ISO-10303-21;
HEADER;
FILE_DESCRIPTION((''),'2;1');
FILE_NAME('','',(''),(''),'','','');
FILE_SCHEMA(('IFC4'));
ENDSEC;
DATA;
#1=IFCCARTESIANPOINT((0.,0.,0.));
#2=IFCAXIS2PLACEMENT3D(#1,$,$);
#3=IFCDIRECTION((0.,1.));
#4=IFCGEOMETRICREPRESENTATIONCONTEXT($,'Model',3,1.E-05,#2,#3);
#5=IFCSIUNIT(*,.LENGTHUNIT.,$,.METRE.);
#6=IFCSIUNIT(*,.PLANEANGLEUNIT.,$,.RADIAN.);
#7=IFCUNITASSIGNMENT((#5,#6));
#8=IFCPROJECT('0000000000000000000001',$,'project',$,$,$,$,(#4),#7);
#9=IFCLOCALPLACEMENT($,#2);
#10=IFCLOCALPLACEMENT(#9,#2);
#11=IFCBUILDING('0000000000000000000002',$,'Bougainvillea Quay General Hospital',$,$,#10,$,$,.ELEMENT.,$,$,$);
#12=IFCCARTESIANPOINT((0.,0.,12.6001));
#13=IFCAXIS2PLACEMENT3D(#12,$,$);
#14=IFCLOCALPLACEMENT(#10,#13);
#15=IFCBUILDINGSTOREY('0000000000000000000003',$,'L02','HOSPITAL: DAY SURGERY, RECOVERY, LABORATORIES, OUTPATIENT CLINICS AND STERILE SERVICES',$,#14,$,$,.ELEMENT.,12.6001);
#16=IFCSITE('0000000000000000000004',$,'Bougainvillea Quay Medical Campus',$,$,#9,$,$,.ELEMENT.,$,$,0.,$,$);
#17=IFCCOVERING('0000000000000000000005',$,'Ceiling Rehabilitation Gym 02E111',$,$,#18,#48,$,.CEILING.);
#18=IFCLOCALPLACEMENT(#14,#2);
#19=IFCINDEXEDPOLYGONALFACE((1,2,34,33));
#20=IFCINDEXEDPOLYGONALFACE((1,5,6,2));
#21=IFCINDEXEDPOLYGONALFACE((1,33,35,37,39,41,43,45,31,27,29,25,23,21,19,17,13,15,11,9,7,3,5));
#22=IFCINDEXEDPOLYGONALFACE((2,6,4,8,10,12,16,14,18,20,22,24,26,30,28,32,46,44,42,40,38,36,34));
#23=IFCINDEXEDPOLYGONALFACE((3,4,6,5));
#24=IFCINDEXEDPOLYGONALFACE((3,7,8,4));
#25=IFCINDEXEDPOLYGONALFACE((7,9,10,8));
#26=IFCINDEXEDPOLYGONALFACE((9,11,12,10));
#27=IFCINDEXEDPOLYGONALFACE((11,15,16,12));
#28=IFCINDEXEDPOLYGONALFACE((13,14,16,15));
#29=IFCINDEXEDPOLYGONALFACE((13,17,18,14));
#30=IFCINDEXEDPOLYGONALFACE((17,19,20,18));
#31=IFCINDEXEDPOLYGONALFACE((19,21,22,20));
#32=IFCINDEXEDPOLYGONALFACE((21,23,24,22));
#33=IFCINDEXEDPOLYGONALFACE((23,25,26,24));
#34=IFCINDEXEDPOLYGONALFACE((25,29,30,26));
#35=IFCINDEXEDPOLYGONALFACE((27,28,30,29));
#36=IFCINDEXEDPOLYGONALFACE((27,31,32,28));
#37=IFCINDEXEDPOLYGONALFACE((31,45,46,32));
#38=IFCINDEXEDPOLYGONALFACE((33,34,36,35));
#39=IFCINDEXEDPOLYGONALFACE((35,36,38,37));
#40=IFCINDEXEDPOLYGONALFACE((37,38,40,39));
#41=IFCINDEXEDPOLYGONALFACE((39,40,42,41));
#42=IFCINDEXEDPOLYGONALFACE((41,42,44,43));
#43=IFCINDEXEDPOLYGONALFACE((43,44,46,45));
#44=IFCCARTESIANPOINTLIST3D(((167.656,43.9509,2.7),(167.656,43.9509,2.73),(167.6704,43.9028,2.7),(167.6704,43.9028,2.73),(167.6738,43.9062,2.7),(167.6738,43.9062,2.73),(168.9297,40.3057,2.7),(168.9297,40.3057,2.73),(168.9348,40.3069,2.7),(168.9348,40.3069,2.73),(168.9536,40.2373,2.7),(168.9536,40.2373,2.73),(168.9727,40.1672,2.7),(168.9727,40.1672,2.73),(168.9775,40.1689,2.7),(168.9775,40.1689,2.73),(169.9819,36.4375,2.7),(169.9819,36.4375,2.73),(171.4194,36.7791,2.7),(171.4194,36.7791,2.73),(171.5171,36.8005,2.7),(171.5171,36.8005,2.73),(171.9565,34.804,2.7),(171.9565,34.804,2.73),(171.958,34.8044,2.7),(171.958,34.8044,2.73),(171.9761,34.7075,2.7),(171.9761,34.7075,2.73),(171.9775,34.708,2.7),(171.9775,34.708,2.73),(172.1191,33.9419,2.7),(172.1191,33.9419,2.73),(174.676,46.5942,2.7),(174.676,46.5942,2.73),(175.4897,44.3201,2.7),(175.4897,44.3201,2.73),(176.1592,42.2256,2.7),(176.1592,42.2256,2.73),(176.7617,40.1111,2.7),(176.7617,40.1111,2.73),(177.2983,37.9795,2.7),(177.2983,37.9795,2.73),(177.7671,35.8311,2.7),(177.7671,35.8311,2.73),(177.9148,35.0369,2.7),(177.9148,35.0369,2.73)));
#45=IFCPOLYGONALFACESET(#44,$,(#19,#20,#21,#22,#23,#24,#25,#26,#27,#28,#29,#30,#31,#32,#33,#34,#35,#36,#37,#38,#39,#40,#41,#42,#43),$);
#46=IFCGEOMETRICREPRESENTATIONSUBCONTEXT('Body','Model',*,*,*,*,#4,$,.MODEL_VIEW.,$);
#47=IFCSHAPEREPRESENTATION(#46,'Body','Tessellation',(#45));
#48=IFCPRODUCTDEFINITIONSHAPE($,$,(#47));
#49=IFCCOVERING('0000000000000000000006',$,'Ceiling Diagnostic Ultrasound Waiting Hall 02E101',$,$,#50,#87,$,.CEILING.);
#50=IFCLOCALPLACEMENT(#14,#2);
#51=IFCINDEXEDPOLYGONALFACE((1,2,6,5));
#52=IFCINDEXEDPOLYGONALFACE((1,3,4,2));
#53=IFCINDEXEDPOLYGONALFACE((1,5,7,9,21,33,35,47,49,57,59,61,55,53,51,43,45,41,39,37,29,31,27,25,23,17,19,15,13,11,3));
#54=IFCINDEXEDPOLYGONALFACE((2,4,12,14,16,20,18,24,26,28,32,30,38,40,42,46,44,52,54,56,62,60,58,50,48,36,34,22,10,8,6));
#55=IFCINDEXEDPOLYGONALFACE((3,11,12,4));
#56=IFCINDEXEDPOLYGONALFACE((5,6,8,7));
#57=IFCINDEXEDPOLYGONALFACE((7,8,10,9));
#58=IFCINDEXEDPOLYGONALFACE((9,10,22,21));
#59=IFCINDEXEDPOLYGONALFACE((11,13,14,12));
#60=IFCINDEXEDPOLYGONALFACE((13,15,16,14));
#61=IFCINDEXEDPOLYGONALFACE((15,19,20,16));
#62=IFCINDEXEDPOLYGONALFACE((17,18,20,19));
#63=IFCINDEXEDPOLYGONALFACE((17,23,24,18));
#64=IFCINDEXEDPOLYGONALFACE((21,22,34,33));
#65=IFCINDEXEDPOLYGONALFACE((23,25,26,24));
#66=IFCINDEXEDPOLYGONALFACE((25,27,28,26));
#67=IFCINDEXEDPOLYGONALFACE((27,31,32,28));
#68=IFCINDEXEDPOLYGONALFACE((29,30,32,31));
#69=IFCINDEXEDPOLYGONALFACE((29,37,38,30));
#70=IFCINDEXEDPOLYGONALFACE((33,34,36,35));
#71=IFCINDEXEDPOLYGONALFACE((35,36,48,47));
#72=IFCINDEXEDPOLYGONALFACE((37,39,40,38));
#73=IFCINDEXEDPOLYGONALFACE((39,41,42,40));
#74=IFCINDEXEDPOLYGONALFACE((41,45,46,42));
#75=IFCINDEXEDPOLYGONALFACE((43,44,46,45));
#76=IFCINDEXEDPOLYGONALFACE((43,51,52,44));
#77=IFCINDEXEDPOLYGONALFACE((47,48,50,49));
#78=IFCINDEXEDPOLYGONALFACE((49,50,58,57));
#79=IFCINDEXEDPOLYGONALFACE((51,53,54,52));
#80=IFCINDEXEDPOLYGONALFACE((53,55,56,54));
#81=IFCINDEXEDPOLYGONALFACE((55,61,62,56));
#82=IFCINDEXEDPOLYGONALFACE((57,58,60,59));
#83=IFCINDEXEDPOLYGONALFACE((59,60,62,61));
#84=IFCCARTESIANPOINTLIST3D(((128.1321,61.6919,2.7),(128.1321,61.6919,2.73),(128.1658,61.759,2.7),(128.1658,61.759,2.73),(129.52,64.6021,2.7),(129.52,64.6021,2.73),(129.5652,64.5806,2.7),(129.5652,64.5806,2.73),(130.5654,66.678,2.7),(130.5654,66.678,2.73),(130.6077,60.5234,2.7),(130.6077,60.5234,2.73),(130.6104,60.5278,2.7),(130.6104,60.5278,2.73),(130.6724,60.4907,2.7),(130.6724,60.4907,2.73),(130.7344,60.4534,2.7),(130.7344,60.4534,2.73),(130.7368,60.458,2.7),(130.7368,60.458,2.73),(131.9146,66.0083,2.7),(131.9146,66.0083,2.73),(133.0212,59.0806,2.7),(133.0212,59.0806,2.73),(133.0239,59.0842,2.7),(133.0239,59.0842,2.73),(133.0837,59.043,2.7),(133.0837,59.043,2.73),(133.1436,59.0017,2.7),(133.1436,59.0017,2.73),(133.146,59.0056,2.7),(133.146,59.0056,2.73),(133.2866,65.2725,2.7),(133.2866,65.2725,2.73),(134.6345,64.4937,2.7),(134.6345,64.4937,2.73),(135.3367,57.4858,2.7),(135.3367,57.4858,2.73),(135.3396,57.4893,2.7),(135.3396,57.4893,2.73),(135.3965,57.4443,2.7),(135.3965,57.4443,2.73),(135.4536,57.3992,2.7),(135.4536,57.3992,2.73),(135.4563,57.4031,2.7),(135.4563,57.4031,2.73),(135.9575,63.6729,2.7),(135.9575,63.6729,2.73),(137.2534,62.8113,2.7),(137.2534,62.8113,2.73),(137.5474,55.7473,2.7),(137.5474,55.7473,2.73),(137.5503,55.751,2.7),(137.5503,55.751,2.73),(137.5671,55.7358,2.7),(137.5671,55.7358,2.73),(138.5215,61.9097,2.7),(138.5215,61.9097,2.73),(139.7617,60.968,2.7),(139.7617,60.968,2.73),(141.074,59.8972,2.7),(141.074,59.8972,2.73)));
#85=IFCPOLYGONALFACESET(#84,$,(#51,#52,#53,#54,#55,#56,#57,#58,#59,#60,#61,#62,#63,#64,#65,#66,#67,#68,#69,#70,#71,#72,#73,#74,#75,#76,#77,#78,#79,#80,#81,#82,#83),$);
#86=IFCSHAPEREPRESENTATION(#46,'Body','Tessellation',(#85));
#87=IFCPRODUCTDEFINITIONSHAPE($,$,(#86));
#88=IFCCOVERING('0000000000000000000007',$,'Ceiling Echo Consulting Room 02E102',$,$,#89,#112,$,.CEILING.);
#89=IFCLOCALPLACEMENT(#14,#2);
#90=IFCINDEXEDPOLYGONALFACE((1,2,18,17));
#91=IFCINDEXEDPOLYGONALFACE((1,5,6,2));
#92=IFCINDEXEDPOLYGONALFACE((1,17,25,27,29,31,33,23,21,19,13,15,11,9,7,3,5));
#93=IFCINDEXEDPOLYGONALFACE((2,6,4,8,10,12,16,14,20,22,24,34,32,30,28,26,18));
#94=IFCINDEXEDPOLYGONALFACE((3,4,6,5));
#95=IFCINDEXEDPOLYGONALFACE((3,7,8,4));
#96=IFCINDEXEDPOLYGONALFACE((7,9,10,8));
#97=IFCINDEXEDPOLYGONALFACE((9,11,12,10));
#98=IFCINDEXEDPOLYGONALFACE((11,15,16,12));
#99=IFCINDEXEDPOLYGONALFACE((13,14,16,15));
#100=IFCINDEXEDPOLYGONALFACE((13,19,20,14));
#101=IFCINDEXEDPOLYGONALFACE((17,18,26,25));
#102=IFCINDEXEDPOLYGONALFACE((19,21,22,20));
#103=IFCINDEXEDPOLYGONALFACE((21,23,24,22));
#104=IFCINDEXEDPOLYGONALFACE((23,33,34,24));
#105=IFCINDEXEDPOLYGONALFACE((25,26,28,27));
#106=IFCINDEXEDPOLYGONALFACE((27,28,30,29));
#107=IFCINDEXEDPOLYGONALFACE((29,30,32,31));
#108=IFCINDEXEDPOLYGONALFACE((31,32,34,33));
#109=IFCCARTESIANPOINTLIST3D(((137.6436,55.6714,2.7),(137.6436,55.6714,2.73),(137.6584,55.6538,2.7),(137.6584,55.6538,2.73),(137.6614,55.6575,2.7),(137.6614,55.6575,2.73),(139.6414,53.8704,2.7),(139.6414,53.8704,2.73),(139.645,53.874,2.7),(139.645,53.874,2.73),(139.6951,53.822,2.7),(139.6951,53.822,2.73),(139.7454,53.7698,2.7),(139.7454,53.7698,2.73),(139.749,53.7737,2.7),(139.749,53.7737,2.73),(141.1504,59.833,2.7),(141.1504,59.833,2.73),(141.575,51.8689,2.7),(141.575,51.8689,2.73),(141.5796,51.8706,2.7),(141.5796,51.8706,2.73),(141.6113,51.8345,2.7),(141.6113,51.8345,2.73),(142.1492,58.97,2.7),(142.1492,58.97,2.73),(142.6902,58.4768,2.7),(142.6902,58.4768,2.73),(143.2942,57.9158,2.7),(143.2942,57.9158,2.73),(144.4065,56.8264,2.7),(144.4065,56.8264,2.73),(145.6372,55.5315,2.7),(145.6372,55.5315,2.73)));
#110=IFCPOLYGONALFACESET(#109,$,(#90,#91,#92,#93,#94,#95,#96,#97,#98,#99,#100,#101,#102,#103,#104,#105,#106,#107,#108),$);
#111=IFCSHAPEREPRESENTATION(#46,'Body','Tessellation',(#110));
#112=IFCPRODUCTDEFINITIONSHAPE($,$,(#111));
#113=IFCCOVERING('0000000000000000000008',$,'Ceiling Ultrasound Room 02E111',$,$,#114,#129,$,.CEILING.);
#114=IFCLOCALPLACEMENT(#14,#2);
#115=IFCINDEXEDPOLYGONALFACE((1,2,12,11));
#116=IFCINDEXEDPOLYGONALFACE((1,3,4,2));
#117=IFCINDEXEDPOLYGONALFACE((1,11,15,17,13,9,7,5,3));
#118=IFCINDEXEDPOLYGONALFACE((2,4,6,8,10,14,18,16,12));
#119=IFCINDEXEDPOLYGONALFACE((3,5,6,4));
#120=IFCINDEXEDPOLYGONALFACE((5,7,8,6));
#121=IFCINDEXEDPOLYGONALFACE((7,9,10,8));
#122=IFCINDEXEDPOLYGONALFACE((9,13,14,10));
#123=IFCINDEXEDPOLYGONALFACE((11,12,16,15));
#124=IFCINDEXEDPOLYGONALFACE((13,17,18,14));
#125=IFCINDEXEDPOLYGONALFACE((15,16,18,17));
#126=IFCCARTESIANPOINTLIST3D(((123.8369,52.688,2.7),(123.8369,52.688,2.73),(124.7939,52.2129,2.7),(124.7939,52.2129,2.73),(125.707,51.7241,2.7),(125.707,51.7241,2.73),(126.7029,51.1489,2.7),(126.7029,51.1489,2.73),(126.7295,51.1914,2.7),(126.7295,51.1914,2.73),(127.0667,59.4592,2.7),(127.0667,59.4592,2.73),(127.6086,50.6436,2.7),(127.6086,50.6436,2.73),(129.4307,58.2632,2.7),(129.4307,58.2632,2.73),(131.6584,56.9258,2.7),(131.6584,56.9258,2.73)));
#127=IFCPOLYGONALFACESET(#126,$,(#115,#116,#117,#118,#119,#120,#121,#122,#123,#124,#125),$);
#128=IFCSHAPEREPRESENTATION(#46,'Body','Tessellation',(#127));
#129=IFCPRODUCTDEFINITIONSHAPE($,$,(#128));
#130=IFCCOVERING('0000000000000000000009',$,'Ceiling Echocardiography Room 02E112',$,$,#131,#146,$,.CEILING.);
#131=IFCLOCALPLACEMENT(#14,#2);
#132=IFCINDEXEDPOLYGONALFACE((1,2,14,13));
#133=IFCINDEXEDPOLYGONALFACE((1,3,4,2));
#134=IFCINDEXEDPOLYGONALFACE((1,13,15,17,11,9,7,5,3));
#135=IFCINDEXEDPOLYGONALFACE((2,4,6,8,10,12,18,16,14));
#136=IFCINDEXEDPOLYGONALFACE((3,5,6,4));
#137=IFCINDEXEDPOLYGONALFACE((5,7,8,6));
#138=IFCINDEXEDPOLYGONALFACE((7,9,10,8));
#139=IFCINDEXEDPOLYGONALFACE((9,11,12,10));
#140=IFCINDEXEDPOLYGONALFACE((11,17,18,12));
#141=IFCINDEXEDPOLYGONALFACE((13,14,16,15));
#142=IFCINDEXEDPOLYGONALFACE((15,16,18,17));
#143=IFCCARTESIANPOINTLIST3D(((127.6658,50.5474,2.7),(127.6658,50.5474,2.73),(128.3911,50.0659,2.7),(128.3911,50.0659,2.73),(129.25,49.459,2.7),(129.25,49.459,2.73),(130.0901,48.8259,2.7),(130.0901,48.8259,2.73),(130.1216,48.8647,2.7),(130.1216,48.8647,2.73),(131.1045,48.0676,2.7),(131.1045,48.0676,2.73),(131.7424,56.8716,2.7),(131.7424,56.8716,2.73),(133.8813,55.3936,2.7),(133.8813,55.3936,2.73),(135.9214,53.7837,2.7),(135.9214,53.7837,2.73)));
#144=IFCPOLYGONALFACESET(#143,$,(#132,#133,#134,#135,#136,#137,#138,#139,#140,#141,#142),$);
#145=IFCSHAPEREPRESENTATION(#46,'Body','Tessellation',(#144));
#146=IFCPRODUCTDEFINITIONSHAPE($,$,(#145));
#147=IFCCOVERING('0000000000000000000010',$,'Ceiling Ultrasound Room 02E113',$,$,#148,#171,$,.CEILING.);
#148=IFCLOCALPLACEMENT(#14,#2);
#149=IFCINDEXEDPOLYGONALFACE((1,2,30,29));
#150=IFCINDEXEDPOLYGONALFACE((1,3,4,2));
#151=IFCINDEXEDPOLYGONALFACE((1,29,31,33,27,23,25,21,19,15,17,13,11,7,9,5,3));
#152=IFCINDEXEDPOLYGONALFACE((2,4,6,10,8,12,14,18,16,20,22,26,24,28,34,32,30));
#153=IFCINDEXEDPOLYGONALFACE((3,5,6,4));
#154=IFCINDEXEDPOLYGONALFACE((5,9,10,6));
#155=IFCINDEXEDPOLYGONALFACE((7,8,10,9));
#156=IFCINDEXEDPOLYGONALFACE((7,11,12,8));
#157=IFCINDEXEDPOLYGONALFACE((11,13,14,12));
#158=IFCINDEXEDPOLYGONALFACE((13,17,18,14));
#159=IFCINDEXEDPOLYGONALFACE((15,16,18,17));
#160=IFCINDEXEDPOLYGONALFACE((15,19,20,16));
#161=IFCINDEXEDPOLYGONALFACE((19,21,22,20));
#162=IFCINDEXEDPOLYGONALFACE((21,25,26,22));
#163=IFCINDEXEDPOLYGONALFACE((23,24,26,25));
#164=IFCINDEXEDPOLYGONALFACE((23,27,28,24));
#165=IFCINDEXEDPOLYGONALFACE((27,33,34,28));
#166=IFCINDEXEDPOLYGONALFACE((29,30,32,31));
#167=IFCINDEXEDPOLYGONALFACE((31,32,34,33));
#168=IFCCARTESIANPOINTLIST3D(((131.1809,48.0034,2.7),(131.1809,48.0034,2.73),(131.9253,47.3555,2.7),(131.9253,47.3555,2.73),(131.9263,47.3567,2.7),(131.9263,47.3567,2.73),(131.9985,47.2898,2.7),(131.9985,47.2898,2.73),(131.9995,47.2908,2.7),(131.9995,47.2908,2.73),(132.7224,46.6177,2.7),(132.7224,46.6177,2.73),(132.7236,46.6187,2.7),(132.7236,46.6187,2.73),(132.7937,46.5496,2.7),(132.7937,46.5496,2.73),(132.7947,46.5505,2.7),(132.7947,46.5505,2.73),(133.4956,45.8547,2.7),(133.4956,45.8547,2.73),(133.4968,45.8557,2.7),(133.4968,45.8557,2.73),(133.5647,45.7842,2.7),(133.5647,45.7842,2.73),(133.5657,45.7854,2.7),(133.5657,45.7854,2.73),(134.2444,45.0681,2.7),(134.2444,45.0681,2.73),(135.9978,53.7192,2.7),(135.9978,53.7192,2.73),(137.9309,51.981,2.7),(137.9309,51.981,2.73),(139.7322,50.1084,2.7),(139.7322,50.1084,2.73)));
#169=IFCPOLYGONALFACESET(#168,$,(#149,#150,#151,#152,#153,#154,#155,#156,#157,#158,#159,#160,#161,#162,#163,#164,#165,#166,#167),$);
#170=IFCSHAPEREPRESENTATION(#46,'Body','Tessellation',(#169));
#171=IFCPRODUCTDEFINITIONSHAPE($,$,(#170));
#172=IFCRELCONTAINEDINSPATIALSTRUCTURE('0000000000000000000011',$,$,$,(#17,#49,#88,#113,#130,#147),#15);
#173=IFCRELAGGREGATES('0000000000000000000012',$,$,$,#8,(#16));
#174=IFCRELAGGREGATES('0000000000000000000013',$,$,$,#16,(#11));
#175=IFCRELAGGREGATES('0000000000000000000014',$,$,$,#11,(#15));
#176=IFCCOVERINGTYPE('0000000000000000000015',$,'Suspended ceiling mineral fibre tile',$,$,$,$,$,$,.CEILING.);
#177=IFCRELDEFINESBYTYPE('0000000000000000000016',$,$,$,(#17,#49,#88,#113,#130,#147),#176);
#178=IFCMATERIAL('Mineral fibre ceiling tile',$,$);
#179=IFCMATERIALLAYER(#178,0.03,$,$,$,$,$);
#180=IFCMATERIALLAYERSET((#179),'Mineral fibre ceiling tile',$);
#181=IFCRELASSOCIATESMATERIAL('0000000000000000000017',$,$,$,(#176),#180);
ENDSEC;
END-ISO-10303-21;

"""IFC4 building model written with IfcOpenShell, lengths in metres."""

from ifc_helpers import new_model, si_unit, direction, frame, origin, place, context, subcontext, project, spatial, polyline, outline, extrude, material, layer, layer_set, type_object, element, save


model = new_model("IFC4")

# Units and contexts
model_context = context("Model", 3, precision=1e-05, world=origin(), true_north=direction((0.0, 1.0)))
body_context = subcontext(model_context, "Body", "Model", "MODEL_VIEW")
ifc_project = project(units=[si_unit("LENGTHUNIT", "METRE"), si_unit("PLANEANGLEUNIT", "RADIAN")], contexts=[model_context])

# Site, building, storey
site_placement = place(None, origin())
site = spatial("IfcSite", under=ifc_project, at=site_placement, Name="Bougainvillea Quay Medical Campus", CompositionType="ELEMENT", RefElevation=0.0)
building_placement = place(site_placement, origin())
building = spatial("IfcBuilding", under=site, at=building_placement, Name="Bougainvillea Quay General Hospital", CompositionType="ELEMENT")
storey_placement = place(building_placement, frame((0.0, 0.0, 12.6001)))
storey = spatial("IfcBuildingStorey", under=building, at=storey_placement, Name="L02", Description="HOSPITAL: DAY SURGERY, RECOVERY, LABORATORIES, OUTPATIENT CLINICS AND STERILE SERVICES", CompositionType="ELEMENT", Elevation=12.6001)

# Coverings
ifc_material = material(Name="Mineral fibre ceiling tile")
ifc_layer = layer(ifc_material, 0.03)
ifc_layer_set = layer_set([ifc_layer], Name="Mineral fibre ceiling tile")
covering_type = type_object("IfcCoveringType", Name="Suspended ceiling mineral fibre tile", PredefinedType="CEILING", material=ifc_layer_set)
covering_1_placement = place(storey_placement, frame((0.0, 0.0, 2.7)))
element("IfcCovering", 1, at=covering_1_placement, inside=storey, type_object=covering_type, Name="Ceiling Rehabilitation Gym 02E111", PredefinedType="CEILING", context=body_context, shape_type="SweptSolid", body=[
    extrude(outline(polyline([(168.9727, 40.1672), (169.9819, 36.4375), (171.4194, 36.7791), (171.5171, 36.8005), (171.9565, 34.804), (171.958, 34.8044), (171.9775, 34.708), (171.9761, 34.7075), (172.1191, 33.9419), (177.9148, 35.0369), (177.7671, 35.8311), (177.2983, 37.9795), (176.7617, 40.1111), (176.1592, 42.2256), (175.4897, 44.3201), (174.676, 46.5942), (167.656, 43.9509), (167.6738, 43.9062), (167.6704, 43.9028), (168.9297, 40.3057), (168.9348, 40.3069), (168.9536, 40.2373), (168.9775, 40.1689), (168.9727, 40.1672)])), origin(), (0.0, 0.0, 1.0), 0.03),
])
covering_2_placement = place(storey_placement, frame((0.0, 0.0, 2.7)))
element("IfcCovering", 2, at=covering_2_placement, inside=storey, type_object=covering_type, Name="Ceiling Diagnostic Ultrasound Waiting Hall 02E101", PredefinedType="CEILING", context=body_context, shape_type="SweptSolid", body=[
    extrude(outline(polyline([(128.1321, 61.6919), (128.1658, 61.759), (130.6077, 60.5234), (130.6104, 60.5278), (130.6724, 60.4907), (130.7368, 60.458), (130.7344, 60.4534), (133.0212, 59.0806), (133.0239, 59.0842), (133.0837, 59.043), (133.146, 59.0056), (133.1436, 59.0017), (135.3367, 57.4858), (135.3396, 57.4893), (135.3965, 57.4443), (135.4563, 57.4031), (135.4536, 57.3992), (137.5474, 55.7473), (137.5503, 55.751), (137.5671, 55.7358), (141.074, 59.8972), (139.7617, 60.968), (138.5215, 61.9097), (137.2534, 62.8113), (135.9575, 63.6729), (134.6345, 64.4937), (133.2866, 65.2725), (131.9146, 66.0083), (130.5654, 66.678), (129.5652, 64.5806), (129.52, 64.6021), (128.1321, 61.6919)])), origin(), (0.0, 0.0, 1.0), 0.03),
])
covering_3_placement = place(storey_placement, frame((0.0, 0.0, 2.7)))
element("IfcCovering", 3, at=covering_3_placement, inside=storey, type_object=covering_type, Name="Ceiling Echo Consulting Room 02E102", PredefinedType="CEILING", context=body_context, shape_type="SweptSolid", body=[
    extrude(outline(polyline([(139.7454, 53.7698), (141.575, 51.8689), (141.5796, 51.8706), (141.6113, 51.8345), (145.6372, 55.5315), (144.4065, 56.8264), (143.2942, 57.9158), (142.6902, 58.4768), (142.1492, 58.97), (141.1504, 59.833), (137.6436, 55.6714), (137.6614, 55.6575), (137.6584, 55.6538), (139.6414, 53.8704), (139.645, 53.874), (139.6951, 53.822), (139.749, 53.7737), (139.7454, 53.7698)])), origin(), (0.0, 0.0, 1.0), 0.03),
])
covering_4_placement = place(storey_placement, frame((0.0, 0.0, 2.7)))
element("IfcCovering", 4, at=covering_4_placement, inside=storey, type_object=covering_type, Name="Ceiling Ultrasound Room 02E111", PredefinedType="CEILING", context=body_context, shape_type="SweptSolid", body=[
    extrude(outline(polyline([(126.7029, 51.1489), (126.7295, 51.1914), (127.6086, 50.6436), (131.6584, 56.9258), (129.4307, 58.2632), (127.0667, 59.4592), (123.8369, 52.688), (124.7939, 52.2129), (125.707, 51.7241), (126.7029, 51.1489)])), origin(), (0.0, 0.0, 1.0), 0.03),
])
covering_5_placement = place(storey_placement, frame((0.0, 0.0, 2.7)))
element("IfcCovering", 5, at=covering_5_placement, inside=storey, type_object=covering_type, Name="Ceiling Echocardiography Room 02E112", PredefinedType="CEILING", context=body_context, shape_type="SweptSolid", body=[
    extrude(outline(polyline([(130.0901, 48.8259), (130.1216, 48.8647), (131.1045, 48.0676), (135.9214, 53.7837), (133.8813, 55.3936), (131.7424, 56.8716), (127.6658, 50.5474), (128.3911, 50.0659), (129.25, 49.459), (130.0901, 48.8259)])), origin(), (0.0, 0.0, 1.0), 0.03),
])
covering_6_placement = place(storey_placement, frame((0.0, 0.0, 2.7)))
element("IfcCovering", 6, at=covering_6_placement, inside=storey, type_object=covering_type, Name="Ceiling Ultrasound Room 02E113", PredefinedType="CEILING", context=body_context, shape_type="SweptSolid", body=[
    extrude(outline(polyline([(131.9263, 47.3567), (131.9995, 47.2908), (131.9985, 47.2898), (132.7224, 46.6177), (132.7236, 46.6187), (132.7947, 46.5505), (132.7937, 46.5496), (133.4956, 45.8547), (133.4968, 45.8557), (133.5657, 45.7854), (133.5647, 45.7842), (134.2444, 45.0681), (139.7322, 50.1084), (137.9309, 51.981), (135.9978, 53.7192), (131.1809, 48.0034), (131.9253, 47.3555), (131.9263, 47.3567)])), origin(), (0.0, 0.0, 1.0), 0.03),
])

save(model, "model.ifc")
